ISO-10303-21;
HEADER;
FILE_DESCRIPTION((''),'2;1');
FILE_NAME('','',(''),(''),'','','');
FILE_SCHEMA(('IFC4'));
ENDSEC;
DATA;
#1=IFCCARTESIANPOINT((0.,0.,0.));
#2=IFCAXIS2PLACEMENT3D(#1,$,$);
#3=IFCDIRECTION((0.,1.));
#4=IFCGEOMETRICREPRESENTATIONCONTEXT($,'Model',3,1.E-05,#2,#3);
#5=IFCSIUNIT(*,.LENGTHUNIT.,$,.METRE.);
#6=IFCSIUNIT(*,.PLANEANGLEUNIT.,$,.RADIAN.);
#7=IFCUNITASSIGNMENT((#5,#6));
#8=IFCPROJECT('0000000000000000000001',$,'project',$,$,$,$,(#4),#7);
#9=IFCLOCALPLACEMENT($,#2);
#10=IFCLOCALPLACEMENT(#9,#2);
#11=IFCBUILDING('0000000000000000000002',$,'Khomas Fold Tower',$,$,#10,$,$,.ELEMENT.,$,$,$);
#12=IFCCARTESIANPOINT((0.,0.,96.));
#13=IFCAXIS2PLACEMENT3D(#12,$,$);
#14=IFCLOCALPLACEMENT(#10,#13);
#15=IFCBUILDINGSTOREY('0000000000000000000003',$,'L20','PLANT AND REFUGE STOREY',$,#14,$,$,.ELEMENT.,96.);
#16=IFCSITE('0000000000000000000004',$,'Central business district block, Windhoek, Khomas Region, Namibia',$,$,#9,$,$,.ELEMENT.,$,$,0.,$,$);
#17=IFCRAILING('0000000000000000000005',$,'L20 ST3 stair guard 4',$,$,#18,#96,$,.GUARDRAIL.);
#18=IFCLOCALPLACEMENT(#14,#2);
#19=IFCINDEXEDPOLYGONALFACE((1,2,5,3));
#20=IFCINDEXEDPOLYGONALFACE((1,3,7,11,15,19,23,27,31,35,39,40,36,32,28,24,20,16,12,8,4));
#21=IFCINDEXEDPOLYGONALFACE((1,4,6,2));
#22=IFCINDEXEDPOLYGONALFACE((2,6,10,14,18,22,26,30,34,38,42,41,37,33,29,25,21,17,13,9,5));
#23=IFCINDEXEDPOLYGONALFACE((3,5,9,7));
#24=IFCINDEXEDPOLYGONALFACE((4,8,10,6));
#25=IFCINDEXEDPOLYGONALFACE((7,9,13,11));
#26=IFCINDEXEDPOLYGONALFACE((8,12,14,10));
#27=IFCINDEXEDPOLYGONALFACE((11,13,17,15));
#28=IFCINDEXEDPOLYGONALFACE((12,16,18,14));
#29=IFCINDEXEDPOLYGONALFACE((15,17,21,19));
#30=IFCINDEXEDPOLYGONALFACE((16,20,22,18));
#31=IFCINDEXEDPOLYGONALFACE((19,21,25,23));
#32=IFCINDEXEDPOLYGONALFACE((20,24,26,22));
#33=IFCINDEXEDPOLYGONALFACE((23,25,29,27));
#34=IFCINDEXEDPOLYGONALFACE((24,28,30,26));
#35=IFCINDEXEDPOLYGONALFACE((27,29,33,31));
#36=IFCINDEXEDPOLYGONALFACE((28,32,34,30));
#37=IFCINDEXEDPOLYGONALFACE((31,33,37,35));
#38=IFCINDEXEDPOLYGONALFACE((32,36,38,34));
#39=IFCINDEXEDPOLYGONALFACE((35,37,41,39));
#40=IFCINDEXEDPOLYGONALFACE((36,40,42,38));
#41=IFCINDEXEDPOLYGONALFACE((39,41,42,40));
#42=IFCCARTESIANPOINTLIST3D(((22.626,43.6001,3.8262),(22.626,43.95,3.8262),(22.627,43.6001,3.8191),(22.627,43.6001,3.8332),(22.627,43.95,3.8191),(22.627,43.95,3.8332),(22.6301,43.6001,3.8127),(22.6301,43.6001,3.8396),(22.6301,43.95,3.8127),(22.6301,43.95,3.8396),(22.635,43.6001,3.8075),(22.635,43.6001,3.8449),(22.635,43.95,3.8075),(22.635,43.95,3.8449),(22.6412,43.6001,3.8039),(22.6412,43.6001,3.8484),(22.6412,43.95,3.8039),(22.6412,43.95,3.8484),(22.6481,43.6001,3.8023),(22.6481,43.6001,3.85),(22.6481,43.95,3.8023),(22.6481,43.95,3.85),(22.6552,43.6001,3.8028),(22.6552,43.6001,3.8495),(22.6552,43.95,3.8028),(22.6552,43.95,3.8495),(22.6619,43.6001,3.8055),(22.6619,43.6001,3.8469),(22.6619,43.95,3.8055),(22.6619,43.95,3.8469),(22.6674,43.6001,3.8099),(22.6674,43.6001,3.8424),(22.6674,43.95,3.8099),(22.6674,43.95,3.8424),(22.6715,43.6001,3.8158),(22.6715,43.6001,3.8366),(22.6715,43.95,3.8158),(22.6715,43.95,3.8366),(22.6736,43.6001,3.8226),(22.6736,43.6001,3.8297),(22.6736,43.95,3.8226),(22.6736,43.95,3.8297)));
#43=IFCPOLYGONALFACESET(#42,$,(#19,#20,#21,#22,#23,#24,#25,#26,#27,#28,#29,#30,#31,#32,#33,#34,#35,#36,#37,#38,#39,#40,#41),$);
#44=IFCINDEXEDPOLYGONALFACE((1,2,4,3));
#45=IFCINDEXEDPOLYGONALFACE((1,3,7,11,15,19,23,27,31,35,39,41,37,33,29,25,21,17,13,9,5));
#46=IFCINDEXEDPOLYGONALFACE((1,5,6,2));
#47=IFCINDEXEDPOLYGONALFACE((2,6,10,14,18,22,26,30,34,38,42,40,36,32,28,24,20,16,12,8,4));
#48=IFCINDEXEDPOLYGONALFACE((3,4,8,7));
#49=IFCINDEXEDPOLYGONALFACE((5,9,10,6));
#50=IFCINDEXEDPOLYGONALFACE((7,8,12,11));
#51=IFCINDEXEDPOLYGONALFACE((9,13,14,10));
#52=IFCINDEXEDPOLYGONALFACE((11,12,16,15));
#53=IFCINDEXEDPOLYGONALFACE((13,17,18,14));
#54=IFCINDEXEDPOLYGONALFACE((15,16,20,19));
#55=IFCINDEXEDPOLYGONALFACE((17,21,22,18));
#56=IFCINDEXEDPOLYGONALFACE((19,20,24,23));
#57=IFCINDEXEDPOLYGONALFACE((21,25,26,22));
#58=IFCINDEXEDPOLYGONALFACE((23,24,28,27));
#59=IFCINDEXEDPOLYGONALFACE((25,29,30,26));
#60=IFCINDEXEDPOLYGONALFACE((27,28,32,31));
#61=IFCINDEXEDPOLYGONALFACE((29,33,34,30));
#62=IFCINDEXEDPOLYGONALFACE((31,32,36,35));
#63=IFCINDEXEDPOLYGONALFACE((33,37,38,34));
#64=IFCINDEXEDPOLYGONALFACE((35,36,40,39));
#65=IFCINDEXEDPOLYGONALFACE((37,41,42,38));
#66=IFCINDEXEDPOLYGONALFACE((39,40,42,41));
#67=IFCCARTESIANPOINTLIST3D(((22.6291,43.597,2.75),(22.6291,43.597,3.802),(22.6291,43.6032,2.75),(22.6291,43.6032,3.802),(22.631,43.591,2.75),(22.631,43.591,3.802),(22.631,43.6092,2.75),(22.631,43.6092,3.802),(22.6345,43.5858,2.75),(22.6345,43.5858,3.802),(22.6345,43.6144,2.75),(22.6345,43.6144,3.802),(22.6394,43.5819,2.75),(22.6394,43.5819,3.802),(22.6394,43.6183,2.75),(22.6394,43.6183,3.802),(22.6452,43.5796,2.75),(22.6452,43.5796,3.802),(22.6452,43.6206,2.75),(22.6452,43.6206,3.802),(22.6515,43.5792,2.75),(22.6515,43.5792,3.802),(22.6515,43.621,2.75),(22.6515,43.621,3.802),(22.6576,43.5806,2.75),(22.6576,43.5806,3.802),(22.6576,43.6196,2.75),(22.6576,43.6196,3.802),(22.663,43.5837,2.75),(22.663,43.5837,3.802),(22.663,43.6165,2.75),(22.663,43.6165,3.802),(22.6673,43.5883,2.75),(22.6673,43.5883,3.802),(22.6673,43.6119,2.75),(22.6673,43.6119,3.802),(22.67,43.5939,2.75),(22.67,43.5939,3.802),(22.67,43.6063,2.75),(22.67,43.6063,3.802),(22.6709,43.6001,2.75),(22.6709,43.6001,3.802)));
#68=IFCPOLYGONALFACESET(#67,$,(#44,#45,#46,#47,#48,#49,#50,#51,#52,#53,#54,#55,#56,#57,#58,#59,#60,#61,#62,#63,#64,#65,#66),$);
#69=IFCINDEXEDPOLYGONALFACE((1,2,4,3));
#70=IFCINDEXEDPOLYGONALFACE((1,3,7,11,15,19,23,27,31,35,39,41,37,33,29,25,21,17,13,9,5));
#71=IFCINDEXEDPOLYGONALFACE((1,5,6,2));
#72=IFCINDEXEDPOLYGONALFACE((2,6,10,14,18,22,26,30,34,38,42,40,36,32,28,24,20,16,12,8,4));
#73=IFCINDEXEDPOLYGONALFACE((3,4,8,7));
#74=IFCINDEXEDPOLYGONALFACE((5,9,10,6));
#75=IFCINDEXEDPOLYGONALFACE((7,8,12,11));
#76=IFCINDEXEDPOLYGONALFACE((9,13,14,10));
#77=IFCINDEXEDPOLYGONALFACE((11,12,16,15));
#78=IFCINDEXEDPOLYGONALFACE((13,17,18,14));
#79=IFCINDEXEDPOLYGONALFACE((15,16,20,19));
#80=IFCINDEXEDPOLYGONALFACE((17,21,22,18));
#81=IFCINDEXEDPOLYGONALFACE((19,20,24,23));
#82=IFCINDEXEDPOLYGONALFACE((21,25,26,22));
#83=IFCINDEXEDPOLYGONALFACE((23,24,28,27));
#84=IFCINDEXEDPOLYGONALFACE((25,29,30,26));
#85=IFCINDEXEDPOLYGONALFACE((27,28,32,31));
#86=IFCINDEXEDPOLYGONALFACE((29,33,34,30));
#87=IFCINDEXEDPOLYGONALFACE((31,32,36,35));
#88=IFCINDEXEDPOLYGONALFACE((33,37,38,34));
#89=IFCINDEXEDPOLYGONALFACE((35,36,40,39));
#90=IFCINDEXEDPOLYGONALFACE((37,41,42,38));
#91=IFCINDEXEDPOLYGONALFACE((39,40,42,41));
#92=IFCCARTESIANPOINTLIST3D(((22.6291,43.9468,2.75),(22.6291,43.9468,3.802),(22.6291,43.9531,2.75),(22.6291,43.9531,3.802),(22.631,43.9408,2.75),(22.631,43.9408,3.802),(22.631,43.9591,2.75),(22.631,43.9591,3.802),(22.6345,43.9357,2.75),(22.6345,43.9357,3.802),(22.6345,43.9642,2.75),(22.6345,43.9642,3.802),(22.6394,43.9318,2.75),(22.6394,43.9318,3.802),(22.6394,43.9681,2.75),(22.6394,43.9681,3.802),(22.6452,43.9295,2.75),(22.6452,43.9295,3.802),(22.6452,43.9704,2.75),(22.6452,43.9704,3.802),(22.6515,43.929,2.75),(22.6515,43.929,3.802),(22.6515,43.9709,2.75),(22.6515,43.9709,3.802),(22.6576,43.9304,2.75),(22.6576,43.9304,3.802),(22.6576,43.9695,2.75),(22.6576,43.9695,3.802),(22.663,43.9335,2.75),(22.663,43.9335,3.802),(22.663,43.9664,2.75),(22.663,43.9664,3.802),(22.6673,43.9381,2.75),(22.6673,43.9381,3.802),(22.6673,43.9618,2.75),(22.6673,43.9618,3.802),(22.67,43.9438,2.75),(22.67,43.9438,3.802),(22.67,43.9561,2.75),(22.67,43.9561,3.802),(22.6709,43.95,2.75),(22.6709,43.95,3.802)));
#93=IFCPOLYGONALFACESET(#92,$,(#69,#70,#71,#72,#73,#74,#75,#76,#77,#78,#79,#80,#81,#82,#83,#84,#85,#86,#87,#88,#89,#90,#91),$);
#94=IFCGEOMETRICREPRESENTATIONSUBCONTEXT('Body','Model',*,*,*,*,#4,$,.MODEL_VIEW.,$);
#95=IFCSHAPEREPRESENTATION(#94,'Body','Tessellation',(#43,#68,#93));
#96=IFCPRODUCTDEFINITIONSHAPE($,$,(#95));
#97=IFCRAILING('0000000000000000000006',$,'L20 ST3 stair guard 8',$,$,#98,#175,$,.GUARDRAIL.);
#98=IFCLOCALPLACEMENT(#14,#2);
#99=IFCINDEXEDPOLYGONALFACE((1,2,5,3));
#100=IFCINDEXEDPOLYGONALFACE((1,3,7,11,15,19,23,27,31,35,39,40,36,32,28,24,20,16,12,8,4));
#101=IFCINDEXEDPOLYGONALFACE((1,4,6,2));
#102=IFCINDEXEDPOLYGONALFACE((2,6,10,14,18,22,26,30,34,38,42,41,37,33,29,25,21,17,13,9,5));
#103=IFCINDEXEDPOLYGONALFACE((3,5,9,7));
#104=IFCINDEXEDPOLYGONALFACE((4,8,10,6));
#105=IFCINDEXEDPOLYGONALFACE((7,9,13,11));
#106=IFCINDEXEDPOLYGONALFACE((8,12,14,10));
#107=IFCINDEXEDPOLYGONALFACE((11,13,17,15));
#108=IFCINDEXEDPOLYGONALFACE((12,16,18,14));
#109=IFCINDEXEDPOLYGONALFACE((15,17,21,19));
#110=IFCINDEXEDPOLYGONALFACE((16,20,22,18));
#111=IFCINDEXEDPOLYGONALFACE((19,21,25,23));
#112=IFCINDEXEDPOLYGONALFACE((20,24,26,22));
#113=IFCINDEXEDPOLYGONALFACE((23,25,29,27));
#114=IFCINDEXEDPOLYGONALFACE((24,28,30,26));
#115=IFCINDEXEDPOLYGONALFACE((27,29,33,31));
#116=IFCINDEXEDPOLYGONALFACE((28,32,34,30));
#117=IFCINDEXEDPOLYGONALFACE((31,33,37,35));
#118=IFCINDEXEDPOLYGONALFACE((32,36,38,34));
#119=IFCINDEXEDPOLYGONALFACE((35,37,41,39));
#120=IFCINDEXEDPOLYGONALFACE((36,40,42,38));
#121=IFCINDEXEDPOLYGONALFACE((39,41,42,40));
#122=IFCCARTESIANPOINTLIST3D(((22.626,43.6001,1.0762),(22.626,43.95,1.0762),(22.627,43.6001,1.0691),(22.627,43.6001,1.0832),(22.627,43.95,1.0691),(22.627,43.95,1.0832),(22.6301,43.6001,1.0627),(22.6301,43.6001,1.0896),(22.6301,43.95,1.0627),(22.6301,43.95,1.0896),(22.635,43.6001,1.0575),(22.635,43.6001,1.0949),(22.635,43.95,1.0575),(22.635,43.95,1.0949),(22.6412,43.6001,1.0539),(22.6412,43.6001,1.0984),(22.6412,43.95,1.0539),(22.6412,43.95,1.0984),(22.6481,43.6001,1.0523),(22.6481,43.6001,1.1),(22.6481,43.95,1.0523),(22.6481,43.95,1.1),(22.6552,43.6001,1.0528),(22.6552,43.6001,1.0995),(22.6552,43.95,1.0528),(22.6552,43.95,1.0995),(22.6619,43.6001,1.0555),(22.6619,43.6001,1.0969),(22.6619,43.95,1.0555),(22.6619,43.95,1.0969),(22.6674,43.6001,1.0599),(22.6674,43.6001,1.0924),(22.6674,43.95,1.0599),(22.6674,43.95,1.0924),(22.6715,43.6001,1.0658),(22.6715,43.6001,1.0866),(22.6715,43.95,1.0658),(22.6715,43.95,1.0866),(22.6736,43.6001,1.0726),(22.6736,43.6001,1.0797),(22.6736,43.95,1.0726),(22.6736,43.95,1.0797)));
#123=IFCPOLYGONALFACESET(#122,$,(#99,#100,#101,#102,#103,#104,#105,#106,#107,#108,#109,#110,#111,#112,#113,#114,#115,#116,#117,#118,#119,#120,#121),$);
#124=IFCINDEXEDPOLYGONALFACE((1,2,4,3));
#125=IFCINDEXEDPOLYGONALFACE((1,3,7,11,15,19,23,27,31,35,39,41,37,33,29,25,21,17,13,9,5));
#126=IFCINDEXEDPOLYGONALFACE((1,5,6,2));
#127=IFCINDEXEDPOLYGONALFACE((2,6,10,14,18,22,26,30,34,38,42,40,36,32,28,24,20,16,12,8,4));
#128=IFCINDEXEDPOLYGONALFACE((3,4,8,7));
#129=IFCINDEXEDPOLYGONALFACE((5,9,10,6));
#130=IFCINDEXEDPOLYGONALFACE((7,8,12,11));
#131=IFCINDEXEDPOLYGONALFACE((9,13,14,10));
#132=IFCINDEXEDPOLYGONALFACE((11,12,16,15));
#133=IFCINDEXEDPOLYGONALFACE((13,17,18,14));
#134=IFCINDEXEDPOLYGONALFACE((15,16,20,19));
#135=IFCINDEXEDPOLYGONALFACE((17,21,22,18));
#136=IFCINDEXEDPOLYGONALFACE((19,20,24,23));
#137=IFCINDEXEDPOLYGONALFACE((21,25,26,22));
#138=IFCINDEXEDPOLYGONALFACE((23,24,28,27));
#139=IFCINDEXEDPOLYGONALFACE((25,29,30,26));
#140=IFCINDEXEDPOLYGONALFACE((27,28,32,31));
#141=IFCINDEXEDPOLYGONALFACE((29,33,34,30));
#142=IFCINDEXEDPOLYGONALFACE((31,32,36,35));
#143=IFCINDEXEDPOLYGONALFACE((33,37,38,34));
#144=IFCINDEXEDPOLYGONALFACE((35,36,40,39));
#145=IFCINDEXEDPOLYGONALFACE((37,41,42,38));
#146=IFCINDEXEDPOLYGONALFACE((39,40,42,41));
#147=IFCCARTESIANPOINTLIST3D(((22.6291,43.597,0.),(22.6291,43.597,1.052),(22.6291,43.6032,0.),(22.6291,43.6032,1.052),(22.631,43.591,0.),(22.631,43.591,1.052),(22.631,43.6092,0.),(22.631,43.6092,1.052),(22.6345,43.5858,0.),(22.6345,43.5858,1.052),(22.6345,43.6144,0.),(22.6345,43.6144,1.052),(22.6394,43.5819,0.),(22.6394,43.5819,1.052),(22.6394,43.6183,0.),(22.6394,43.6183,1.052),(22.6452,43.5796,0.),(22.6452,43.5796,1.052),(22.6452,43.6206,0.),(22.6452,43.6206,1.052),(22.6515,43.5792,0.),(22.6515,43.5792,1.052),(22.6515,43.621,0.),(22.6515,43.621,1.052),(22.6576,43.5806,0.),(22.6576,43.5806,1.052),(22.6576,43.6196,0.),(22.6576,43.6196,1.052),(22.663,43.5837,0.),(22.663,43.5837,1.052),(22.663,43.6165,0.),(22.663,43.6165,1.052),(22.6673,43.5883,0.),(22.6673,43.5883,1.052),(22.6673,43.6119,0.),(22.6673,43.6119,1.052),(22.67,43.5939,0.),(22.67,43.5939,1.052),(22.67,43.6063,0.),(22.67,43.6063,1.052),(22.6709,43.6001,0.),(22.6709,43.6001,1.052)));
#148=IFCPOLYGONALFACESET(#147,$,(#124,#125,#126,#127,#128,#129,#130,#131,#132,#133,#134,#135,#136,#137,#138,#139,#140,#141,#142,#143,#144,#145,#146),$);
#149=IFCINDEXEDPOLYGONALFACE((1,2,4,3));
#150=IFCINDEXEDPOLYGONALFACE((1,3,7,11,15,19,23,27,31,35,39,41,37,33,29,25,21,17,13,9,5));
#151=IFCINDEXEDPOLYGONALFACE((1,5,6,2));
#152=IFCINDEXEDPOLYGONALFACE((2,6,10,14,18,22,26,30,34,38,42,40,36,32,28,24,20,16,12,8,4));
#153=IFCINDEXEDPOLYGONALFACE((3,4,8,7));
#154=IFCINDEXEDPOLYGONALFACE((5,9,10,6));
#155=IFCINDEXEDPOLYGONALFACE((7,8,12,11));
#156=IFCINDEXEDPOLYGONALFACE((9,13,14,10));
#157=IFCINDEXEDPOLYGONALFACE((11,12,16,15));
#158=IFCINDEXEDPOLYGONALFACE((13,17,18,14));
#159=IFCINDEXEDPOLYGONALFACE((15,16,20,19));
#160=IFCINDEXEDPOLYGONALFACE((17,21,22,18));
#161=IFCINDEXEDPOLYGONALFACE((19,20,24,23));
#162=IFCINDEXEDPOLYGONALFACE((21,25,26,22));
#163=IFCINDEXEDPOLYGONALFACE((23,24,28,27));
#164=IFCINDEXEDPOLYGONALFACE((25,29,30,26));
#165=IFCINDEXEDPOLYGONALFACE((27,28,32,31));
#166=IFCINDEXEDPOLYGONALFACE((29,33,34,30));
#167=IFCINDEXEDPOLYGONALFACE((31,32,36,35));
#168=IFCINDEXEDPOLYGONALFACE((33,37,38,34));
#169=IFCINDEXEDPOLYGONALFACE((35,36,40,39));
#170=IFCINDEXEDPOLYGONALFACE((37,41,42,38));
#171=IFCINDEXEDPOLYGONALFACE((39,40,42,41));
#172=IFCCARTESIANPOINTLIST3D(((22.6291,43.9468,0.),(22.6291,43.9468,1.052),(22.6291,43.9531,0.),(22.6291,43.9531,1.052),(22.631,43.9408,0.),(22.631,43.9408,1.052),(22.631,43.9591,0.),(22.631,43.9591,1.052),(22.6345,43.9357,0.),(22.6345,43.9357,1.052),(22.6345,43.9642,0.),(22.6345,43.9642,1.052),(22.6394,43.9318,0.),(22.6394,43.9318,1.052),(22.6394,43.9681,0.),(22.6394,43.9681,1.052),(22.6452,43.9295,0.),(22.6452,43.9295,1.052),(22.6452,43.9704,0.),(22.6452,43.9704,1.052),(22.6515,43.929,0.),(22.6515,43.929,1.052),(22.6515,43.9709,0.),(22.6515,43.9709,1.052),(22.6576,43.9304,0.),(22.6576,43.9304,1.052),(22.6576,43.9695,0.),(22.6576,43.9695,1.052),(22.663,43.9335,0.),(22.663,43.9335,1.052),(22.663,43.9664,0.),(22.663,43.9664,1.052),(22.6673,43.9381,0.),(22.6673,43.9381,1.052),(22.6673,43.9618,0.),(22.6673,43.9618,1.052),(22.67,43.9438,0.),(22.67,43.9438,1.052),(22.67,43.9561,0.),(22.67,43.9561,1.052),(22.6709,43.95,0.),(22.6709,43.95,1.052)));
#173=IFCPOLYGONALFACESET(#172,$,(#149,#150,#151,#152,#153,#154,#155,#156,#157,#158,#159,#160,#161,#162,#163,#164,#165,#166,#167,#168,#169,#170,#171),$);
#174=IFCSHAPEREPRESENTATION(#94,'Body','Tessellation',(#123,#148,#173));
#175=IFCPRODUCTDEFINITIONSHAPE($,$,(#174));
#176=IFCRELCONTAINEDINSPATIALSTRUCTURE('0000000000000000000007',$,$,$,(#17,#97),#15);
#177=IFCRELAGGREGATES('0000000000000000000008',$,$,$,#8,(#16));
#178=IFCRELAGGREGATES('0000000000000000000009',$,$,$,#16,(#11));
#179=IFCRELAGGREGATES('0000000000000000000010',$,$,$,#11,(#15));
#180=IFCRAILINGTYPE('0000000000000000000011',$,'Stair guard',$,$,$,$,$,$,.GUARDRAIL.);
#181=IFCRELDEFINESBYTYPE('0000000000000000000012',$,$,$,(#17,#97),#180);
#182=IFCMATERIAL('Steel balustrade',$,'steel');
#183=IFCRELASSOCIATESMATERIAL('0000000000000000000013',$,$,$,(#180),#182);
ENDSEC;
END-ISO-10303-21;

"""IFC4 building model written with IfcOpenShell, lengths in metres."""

from ifc_helpers import new_model, si_unit, direction, frame, origin, origin_2d, place, context, subcontext, project, spatial, circle, extrude, source, transform, mapped, material, type_object, element, save


model = new_model("IFC4")

# Units and contexts
model_context = context("Model", 3, precision=1e-05, world=origin(), true_north=direction((0.0, 1.0)))
body_context = subcontext(model_context, "Body", "Model", "MODEL_VIEW")
ifc_project = project(units=[si_unit("LENGTHUNIT", "METRE"), si_unit("PLANEANGLEUNIT", "RADIAN")], contexts=[model_context])

# Site, building, storey
site_placement = place(None, origin())
site = spatial("IfcSite", under=ifc_project, at=site_placement, Name="Central business district block, Windhoek, Khomas Region, Namibia", CompositionType="ELEMENT", RefElevation=0.0)
building_placement = place(site_placement, origin())
building = spatial("IfcBuilding", under=site, at=building_placement, Name="Khomas Fold Tower", CompositionType="ELEMENT")
storey_placement = place(building_placement, frame((0.0, 0.0, 96.0)))
storey = spatial("IfcBuildingStorey", under=building, at=storey_placement, Name="L20", Description="PLANT AND REFUGE STOREY", CompositionType="ELEMENT", Elevation=96.0)

# Railings
ifc_material_1 = material(Name="Steel balustrade", Category="steel")
railing_type_1 = type_object("IfcRailingType", Name="Stair guard", PredefinedType="GUARDRAIL", material=ifc_material_1)
shared_shape_1 = source(origin(), body_context, "Body", "SweptSolid", [
    extrude(circle(Radius=0.0239, at=origin_2d()), frame((0.0, 0.0, 1.0762), z_axis=(0.0, 1.0, 0.0), x_axis=(-1.0, 0.0, 0.0)), (0.0, 0.0, 1.0), 0.3499),
    extrude(circle(Radius=0.021, at=origin_2d()), origin(), (0.0, 0.0, 1.0), 1.052),
    extrude(circle(Radius=0.021, at=origin_2d()), frame((0.0, 0.3499, 0.0)), (0.0, 0.0, 1.0), 1.052),
])
for number, where, name in (
    (1, (22.6499, 43.6001, 2.75), "L20 ST3 stair guard 4"),
    (2, (22.6499, 43.6001, 0.0), "L20 ST3 stair guard 8"),
):
    element("IfcRailing", number, at=place(storey_placement, frame(where)), inside=storey, type_object=railing_type_1, Name=name, PredefinedType="GUARDRAIL", context=body_context, shape_type="MappedRepresentation", body=[
        mapped(shared_shape_1, transform((0.0, 0.0, 0.0))),
    ])

save(model, "model.ifc")
